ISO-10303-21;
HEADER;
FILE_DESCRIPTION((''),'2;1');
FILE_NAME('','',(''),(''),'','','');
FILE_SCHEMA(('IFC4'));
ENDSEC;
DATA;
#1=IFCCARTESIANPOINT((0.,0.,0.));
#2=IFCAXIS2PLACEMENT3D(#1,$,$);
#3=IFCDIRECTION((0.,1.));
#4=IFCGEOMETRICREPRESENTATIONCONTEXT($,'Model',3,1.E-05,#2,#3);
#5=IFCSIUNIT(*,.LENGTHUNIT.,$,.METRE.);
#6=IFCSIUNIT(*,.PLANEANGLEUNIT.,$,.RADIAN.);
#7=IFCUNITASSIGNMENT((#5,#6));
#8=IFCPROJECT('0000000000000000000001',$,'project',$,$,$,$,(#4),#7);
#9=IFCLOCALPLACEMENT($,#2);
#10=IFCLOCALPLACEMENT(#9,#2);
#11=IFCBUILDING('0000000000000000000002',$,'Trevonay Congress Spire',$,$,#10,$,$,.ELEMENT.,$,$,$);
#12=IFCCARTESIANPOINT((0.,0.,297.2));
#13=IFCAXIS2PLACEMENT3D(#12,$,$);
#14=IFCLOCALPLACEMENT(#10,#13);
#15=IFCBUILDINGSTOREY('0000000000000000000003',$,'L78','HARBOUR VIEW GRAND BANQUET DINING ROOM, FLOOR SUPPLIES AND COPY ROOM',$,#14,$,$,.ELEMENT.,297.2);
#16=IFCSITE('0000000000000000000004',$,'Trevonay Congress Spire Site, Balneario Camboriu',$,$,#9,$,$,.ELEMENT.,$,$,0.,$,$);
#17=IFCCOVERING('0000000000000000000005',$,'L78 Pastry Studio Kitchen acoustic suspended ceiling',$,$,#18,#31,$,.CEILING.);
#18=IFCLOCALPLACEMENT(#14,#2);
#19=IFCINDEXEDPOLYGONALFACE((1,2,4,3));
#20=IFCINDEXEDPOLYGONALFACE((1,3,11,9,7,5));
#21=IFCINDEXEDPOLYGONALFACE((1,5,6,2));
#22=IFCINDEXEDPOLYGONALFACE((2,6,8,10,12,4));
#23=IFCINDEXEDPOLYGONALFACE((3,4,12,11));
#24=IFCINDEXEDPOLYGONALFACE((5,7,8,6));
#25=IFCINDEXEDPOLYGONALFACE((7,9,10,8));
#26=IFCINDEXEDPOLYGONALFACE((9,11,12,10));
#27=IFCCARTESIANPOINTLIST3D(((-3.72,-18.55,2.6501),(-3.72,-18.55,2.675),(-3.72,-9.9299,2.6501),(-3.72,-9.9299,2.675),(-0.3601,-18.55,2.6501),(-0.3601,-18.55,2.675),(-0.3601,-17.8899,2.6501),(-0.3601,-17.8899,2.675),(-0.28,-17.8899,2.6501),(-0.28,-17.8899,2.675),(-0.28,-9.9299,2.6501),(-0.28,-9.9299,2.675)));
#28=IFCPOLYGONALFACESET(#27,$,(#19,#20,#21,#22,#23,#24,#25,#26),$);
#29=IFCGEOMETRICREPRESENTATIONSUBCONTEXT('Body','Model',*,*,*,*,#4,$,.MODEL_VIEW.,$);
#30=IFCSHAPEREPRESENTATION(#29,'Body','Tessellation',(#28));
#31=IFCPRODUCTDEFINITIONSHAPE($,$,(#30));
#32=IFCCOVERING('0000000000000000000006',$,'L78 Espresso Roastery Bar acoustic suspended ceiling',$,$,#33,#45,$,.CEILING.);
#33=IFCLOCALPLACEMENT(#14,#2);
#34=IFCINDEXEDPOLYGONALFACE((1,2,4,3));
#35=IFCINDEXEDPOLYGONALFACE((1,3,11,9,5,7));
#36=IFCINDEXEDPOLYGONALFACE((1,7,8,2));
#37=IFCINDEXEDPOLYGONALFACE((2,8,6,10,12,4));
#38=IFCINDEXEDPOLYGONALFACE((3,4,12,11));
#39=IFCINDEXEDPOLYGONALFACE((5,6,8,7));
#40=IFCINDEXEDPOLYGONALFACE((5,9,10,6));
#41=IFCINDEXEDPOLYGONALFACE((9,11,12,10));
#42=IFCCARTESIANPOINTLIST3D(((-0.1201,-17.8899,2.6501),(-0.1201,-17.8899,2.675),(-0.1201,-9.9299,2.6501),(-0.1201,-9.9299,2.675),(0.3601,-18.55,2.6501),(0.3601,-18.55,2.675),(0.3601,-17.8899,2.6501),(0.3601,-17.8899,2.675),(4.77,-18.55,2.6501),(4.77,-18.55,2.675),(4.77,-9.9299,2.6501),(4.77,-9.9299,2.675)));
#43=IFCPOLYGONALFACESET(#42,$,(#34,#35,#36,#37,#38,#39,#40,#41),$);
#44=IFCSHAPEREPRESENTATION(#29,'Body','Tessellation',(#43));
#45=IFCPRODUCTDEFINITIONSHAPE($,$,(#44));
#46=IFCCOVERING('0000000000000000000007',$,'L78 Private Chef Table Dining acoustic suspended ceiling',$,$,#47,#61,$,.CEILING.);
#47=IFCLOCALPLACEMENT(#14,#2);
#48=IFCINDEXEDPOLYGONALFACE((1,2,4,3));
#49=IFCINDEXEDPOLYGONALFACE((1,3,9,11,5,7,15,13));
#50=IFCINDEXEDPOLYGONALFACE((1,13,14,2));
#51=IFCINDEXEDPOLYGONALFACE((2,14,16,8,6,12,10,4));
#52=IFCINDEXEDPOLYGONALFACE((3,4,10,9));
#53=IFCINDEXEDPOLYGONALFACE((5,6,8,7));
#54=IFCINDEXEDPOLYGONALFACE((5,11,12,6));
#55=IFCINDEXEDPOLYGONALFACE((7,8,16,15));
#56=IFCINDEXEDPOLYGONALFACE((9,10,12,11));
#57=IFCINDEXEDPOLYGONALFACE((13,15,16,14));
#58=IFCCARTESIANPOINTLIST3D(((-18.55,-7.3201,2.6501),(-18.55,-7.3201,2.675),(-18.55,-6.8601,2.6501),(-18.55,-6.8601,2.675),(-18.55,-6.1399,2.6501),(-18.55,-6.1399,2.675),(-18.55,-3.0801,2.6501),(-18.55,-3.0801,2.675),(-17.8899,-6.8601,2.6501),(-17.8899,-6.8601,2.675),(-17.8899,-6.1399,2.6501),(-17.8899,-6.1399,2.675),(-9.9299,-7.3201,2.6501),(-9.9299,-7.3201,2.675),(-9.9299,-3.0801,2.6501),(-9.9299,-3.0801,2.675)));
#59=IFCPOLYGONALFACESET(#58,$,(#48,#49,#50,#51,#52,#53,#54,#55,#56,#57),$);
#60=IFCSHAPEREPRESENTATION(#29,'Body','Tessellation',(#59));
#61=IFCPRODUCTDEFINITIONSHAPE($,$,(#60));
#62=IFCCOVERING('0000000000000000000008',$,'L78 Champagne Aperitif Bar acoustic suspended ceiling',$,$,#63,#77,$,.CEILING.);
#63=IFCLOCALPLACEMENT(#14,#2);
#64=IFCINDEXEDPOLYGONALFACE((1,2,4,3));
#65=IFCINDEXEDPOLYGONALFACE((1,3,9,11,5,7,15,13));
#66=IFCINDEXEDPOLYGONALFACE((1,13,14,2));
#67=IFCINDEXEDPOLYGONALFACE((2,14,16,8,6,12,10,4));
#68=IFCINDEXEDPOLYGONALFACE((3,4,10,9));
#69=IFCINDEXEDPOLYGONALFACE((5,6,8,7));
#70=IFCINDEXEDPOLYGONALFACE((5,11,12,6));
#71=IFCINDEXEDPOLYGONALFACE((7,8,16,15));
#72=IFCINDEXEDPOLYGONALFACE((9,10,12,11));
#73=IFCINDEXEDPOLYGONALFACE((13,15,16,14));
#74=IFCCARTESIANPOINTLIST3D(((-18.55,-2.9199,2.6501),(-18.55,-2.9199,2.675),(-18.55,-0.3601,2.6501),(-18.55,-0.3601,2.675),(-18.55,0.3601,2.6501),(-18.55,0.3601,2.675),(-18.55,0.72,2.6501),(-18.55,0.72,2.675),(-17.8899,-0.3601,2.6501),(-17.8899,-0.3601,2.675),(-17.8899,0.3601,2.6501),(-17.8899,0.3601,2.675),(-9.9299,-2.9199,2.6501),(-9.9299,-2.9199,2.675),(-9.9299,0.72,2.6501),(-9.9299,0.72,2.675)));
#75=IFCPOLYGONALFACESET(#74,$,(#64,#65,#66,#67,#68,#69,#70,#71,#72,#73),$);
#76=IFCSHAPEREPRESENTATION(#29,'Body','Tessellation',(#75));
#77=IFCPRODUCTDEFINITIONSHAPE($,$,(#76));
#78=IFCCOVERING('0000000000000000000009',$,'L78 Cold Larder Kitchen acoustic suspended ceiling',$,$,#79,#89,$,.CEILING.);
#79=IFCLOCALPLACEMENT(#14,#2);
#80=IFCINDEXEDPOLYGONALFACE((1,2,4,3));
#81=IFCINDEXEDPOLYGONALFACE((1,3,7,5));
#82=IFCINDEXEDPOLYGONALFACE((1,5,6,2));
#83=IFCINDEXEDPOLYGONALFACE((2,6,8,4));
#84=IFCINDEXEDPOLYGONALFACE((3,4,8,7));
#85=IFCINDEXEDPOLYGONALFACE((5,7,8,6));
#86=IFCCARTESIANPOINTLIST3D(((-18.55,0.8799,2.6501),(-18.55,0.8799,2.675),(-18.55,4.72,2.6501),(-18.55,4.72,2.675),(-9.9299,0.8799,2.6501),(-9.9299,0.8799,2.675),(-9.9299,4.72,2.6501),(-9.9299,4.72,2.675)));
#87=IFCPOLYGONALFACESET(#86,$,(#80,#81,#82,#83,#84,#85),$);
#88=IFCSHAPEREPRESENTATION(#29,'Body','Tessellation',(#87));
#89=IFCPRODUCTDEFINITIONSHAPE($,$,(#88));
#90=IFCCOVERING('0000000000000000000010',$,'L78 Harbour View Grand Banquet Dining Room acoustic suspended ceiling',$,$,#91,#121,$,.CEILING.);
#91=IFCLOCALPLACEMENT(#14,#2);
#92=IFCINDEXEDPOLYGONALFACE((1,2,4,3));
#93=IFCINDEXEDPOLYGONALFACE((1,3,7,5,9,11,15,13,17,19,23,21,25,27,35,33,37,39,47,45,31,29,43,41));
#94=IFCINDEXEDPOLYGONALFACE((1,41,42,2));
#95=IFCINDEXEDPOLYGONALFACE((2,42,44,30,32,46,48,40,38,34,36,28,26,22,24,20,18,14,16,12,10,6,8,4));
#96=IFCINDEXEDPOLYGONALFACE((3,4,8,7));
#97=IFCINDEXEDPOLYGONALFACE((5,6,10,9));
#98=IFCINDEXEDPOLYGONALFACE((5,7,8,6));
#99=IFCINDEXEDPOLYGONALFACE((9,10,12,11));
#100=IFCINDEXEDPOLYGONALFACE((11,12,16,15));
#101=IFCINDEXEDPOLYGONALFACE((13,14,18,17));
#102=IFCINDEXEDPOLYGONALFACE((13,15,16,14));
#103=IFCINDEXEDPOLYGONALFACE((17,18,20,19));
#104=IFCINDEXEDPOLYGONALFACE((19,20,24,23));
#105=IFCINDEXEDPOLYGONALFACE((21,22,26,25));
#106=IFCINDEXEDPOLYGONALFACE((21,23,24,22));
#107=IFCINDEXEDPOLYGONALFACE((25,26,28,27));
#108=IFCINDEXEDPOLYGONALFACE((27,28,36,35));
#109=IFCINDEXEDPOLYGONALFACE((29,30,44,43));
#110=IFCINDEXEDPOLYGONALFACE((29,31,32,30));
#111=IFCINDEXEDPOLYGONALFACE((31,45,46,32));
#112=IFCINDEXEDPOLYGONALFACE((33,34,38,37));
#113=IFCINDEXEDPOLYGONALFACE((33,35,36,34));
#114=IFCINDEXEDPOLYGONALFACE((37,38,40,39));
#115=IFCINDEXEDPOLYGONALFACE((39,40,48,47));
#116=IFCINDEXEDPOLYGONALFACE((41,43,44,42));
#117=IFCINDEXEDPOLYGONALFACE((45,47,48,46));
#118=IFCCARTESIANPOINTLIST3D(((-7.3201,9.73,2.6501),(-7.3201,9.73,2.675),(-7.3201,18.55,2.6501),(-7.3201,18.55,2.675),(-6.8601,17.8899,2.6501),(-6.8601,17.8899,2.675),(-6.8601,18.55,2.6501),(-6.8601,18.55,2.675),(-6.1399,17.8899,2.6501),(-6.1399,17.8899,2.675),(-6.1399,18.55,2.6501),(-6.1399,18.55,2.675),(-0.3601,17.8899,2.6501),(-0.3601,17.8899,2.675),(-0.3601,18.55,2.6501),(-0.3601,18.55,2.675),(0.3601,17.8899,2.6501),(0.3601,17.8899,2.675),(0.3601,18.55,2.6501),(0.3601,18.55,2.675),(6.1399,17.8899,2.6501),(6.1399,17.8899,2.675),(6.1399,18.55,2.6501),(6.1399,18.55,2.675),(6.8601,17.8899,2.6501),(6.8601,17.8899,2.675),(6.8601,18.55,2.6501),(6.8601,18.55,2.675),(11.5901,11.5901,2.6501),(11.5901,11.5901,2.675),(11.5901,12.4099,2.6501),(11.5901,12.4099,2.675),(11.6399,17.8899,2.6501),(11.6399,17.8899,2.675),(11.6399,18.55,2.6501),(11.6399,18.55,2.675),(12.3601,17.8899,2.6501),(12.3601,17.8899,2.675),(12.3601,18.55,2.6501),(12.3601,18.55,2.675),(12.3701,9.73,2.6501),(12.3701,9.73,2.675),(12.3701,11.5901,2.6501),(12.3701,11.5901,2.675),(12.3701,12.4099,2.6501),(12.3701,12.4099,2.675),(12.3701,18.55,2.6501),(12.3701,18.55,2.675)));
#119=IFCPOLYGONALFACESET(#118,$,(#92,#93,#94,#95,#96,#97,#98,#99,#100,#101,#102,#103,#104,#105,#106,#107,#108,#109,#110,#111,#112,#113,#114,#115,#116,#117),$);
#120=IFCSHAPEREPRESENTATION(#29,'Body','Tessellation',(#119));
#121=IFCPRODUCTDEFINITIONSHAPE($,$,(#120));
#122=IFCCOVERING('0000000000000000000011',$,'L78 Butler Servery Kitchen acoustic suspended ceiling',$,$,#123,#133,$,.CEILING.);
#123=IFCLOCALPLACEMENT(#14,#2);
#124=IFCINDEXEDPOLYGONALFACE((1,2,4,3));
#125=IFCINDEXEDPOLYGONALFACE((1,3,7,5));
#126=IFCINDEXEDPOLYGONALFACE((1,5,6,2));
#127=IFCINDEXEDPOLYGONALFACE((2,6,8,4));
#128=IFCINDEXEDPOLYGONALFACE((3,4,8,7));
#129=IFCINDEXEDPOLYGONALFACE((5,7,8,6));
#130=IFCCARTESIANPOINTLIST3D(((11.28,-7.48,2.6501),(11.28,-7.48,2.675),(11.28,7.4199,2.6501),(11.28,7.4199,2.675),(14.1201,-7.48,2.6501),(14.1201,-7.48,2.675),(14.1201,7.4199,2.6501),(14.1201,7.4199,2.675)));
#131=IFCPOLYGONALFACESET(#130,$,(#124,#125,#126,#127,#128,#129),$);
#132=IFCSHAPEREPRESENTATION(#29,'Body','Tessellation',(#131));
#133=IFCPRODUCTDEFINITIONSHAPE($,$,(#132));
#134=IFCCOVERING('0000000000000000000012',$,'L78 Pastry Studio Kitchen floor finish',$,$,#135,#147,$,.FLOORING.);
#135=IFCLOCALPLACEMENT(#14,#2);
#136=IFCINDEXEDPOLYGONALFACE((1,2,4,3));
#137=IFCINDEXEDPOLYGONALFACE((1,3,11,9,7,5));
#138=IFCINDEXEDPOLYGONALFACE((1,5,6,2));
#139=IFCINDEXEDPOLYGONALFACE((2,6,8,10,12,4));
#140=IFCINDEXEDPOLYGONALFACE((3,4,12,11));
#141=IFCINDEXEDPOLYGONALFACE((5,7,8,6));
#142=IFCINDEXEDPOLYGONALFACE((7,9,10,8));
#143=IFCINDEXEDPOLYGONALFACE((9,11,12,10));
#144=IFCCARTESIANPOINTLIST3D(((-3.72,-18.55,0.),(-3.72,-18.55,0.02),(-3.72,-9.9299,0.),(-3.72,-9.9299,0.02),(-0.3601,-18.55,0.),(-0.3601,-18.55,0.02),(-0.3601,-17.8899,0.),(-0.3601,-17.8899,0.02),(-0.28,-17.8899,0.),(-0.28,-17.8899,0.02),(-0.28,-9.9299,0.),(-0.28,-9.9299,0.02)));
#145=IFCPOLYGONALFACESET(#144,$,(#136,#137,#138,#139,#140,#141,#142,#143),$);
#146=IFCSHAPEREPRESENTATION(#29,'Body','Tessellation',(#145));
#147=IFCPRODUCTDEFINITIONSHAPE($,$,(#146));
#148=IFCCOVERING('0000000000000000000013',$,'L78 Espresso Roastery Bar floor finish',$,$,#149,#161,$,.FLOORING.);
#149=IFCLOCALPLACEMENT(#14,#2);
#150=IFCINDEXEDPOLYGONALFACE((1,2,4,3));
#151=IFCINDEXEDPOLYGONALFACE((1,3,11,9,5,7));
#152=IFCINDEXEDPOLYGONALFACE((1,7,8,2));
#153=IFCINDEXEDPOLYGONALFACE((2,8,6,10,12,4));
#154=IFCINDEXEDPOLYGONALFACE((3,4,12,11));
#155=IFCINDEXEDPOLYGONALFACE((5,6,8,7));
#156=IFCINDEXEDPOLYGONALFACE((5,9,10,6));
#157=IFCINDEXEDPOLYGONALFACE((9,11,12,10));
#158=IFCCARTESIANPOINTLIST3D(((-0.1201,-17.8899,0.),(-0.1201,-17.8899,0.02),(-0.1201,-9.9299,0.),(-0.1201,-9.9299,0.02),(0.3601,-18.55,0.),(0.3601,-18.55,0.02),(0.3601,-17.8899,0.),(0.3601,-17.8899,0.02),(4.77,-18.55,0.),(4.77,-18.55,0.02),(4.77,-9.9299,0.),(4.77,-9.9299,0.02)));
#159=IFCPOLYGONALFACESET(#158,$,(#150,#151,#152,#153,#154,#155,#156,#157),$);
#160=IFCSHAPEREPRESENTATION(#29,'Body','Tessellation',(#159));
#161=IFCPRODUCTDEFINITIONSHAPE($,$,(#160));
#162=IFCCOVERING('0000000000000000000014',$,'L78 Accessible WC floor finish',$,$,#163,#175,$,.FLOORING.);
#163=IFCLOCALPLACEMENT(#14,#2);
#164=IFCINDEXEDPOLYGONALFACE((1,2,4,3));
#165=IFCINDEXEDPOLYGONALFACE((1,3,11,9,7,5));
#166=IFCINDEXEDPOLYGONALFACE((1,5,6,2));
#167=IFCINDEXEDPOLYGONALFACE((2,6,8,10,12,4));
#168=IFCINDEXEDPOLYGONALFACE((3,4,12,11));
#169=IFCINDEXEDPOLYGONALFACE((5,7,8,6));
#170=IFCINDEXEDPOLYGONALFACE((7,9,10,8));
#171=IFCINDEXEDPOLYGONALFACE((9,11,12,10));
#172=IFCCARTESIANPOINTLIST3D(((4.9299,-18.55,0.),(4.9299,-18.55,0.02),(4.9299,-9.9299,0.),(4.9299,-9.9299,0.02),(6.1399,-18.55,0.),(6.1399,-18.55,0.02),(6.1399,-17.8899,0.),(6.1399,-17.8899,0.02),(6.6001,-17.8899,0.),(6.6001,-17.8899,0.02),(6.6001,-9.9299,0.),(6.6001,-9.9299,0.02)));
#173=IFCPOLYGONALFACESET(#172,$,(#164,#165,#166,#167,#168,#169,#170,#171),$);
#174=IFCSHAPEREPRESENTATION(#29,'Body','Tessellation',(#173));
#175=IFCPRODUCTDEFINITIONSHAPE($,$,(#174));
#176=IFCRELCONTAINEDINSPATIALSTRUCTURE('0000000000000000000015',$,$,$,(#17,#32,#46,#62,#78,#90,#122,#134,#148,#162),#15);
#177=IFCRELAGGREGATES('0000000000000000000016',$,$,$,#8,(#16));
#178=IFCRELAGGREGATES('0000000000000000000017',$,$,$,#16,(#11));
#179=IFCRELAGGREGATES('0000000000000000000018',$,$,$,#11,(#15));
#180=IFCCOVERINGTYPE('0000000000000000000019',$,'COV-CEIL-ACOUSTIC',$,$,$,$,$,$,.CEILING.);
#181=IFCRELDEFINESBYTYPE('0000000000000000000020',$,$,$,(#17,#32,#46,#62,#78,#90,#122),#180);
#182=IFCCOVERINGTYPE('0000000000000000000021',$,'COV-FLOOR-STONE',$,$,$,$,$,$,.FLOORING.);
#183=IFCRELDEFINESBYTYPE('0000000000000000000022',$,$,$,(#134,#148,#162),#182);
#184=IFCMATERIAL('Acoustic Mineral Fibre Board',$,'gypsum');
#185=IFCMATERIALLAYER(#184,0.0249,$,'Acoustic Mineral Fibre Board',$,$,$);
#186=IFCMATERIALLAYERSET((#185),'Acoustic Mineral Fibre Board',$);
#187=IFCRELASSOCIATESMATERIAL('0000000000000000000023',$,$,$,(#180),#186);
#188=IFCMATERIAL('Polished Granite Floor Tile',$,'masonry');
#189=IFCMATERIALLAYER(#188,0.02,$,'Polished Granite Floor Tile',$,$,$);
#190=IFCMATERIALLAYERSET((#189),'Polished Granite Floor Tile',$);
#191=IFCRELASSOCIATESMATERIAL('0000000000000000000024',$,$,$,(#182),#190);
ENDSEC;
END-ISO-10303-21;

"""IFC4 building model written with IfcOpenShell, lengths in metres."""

from ifc_helpers import new_model, si_unit, direction, frame, origin, place, context, subcontext, project, spatial, polyline, outline, extrude, material, layer, layer_set, type_object, element, save


model = new_model("IFC4")

# Units and contexts
model_context = context("Model", 3, precision=1e-05, world=origin(), true_north=direction((0.0, 1.0)))
body_context = subcontext(model_context, "Body", "Model", "MODEL_VIEW")
ifc_project = project(units=[si_unit("LENGTHUNIT", "METRE"), si_unit("PLANEANGLEUNIT", "RADIAN")], contexts=[model_context])

# Site, building, storey
site_placement = place(None, origin())
site = spatial("IfcSite", under=ifc_project, at=site_placement, Name="Trevonay Congress Spire Site, Balneario Camboriu", CompositionType="ELEMENT", RefElevation=0.0)
building_placement = place(site_placement, origin())
building = spatial("IfcBuilding", under=site, at=building_placement, Name="Trevonay Congress Spire", CompositionType="ELEMENT")
storey_placement = place(building_placement, frame((0.0, 0.0, 297.2)))
storey = spatial("IfcBuildingStorey", under=building, at=storey_placement, Name="L78", Description="HARBOUR VIEW GRAND BANQUET DINING ROOM, FLOOR SUPPLIES AND COPY ROOM", CompositionType="ELEMENT", Elevation=297.2)

# Coverings
ifc_material_1 = material(Name="Acoustic Mineral Fibre Board", Category="gypsum")
ifc_layer_1 = layer(ifc_material_1, 0.0249, Name="Acoustic Mineral Fibre Board")
ifc_layer_set_1 = layer_set([ifc_layer_1], Name="Acoustic Mineral Fibre Board")
covering_type_1 = type_object("IfcCoveringType", Name="COV-CEIL-ACOUSTIC", PredefinedType="CEILING", material=ifc_layer_set_1)
covering_1_placement = place(storey_placement, frame((0.0, 0.0, 2.6501)))
element("IfcCovering", 1, at=covering_1_placement, inside=storey, type_object=covering_type_1, Name="L78 Pastry Studio Kitchen acoustic suspended ceiling", PredefinedType="CEILING", context=body_context, shape_type="SweptSolid", body=[
    extrude(outline(polyline([(-3.72, -18.55), (-3.72, -9.9299), (-0.28, -9.9299), (-0.28, -17.8899), (-0.3601, -17.8899), (-0.3601, -18.55), (-3.72, -18.55)])), origin(), (0.0, 0.0, 1.0), 0.0249),
])
covering_2_placement = place(storey_placement, frame((0.0, 0.0, 2.6501)))
element("IfcCovering", 2, at=covering_2_placement, inside=storey, type_object=covering_type_1, Name="L78 Espresso Roastery Bar acoustic suspended ceiling", PredefinedType="CEILING", context=body_context, shape_type="SweptSolid", body=[
    extrude(outline(polyline([(-0.1201, -9.9299), (4.77, -9.9299), (4.77, -18.55), (0.3601, -18.55), (0.3601, -17.8899), (-0.1201, -17.8899), (-0.1201, -9.9299)])), origin(), (0.0, 0.0, 1.0), 0.0249),
])
covering_3_placement = place(storey_placement, frame((0.0, 0.0, 2.6501)))
element("IfcCovering", 3, at=covering_3_placement, inside=storey, type_object=covering_type_1, Name="L78 Private Chef Table Dining acoustic suspended ceiling", PredefinedType="CEILING", context=body_context, shape_type="SweptSolid", body=[
    extrude(outline(polyline([(-18.55, -3.0801), (-9.9299, -3.0801), (-9.9299, -7.3201), (-18.55, -7.3201), (-18.55, -6.8601), (-17.8899, -6.8601), (-17.8899, -6.1399), (-18.55, -6.1399), (-18.55, -3.0801)])), origin(), (0.0, 0.0, 1.0), 0.0249),
])
covering_4_placement = place(storey_placement, frame((0.0, 0.0, 2.6501)))
element("IfcCovering", 4, at=covering_4_placement, inside=storey, type_object=covering_type_1, Name="L78 Champagne Aperitif Bar acoustic suspended ceiling", PredefinedType="CEILING", context=body_context, shape_type="SweptSolid", body=[
    extrude(outline(polyline([(-18.55, 0.72), (-9.9299, 0.72), (-9.9299, -2.9199), (-18.55, -2.9199), (-18.55, -0.3601), (-17.8899, -0.3601), (-17.8899, 0.3601), (-18.55, 0.3601), (-18.55, 0.72)])), origin(), (0.0, 0.0, 1.0), 0.0249),
])
covering_5_placement = place(storey_placement, frame((0.0, 0.0, 2.6501)))
element("IfcCovering", 5, at=covering_5_placement, inside=storey, type_object=covering_type_1, Name="L78 Cold Larder Kitchen acoustic suspended ceiling", PredefinedType="CEILING", context=body_context, shape_type="SweptSolid", body=[
    extrude(outline(polyline([(-18.55, 0.8799), (-9.9299, 0.8799), (-9.9299, 4.72), (-18.55, 4.72), (-18.55, 0.8799)])), origin(), (0.0, 0.0, 1.0), 0.0249),
])
covering_6_placement = place(storey_placement, frame((0.0, 0.0, 2.6501)))
element("IfcCovering", 6, at=covering_6_placement, inside=storey, type_object=covering_type_1, Name="L78 Harbour View Grand Banquet Dining Room acoustic suspended ceiling", PredefinedType="CEILING", context=body_context, shape_type="SweptSolid", body=[
    extrude(outline(polyline([(12.3701, 9.73), (-7.3201, 9.73), (-7.3201, 18.55), (-6.8601, 18.55), (-6.8601, 17.8899), (-6.1399, 17.8899), (-6.1399, 18.55), (-0.3601, 18.55), (-0.3601, 17.8899), (0.3601, 17.8899), (0.3601, 18.55), (6.1399, 18.55), (6.1399, 17.8899), (6.8601, 17.8899), (6.8601, 18.55), (11.6399, 18.55), (11.6399, 17.8899), (12.3601, 17.8899), (12.3601, 18.55), (12.3701, 18.55), (12.3701, 12.4099), (11.5901, 12.4099), (11.5901, 11.5901), (12.3701, 11.5901), (12.3701, 9.73)])), origin(), (0.0, 0.0, 1.0), 0.0249),
])
covering_7_placement = place(storey_placement, frame((0.0, 0.0, 2.6501)))
element("IfcCovering", 7, at=covering_7_placement, inside=storey, type_object=covering_type_1, Name="L78 Butler Servery Kitchen acoustic suspended ceiling", PredefinedType="CEILING", context=body_context, shape_type="SweptSolid", body=[
    extrude(outline(polyline([(11.28, -7.48), (14.1201, -7.48), (14.1201, 7.4199), (11.28, 7.4199), (11.28, -7.48)])), origin(), (0.0, 0.0, 1.0), 0.0249),
])
ifc_material_2 = material(Name="Polished Granite Floor Tile", Category="masonry")
ifc_layer_2 = layer(ifc_material_2, 0.02, Name="Polished Granite Floor Tile")
ifc_layer_set_2 = layer_set([ifc_layer_2], Name="Polished Granite Floor Tile")
covering_type_2 = type_object("IfcCoveringType", Name="COV-FLOOR-STONE", PredefinedType="FLOORING", material=ifc_layer_set_2)
covering_8_placement = place(storey_placement, origin())
element("IfcCovering", 8, at=covering_8_placement, inside=storey, type_object=covering_type_2, Name="L78 Pastry Studio Kitchen floor finish", PredefinedType="FLOORING", context=body_context, shape_type="SweptSolid", body=[
    extrude(outline(polyline([(-3.72, -18.55), (-3.72, -9.9299), (-0.28, -9.9299), (-0.28, -17.8899), (-0.3601, -17.8899), (-0.3601, -18.55), (-3.72, -18.55)])), origin(), (0.0, 0.0, 1.0), 0.02),
])
covering_9_placement = place(storey_placement, origin())
element("IfcCovering", 9, at=covering_9_placement, inside=storey, type_object=covering_type_2, Name="L78 Espresso Roastery Bar floor finish", PredefinedType="FLOORING", context=body_context, shape_type="SweptSolid", body=[
    extrude(outline(polyline([(-0.1201, -9.9299), (4.77, -9.9299), (4.77, -18.55), (0.3601, -18.55), (0.3601, -17.8899), (-0.1201, -17.8899), (-0.1201, -9.9299)])), origin(), (0.0, 0.0, 1.0), 0.02),
])
covering_10_placement = place(storey_placement, origin())
element("IfcCovering", 10, at=covering_10_placement, inside=storey, type_object=covering_type_2, Name="L78 Accessible WC floor finish", PredefinedType="FLOORING", context=body_context, shape_type="SweptSolid", body=[
    extrude(outline(polyline([(4.9299, -18.55), (4.9299, -9.9299), (6.6001, -9.9299), (6.6001, -17.8899), (6.1399, -17.8899), (6.1399, -18.55), (4.9299, -18.55)])), origin(), (0.0, 0.0, 1.0), 0.02),
])

save(model, "model.ifc")
